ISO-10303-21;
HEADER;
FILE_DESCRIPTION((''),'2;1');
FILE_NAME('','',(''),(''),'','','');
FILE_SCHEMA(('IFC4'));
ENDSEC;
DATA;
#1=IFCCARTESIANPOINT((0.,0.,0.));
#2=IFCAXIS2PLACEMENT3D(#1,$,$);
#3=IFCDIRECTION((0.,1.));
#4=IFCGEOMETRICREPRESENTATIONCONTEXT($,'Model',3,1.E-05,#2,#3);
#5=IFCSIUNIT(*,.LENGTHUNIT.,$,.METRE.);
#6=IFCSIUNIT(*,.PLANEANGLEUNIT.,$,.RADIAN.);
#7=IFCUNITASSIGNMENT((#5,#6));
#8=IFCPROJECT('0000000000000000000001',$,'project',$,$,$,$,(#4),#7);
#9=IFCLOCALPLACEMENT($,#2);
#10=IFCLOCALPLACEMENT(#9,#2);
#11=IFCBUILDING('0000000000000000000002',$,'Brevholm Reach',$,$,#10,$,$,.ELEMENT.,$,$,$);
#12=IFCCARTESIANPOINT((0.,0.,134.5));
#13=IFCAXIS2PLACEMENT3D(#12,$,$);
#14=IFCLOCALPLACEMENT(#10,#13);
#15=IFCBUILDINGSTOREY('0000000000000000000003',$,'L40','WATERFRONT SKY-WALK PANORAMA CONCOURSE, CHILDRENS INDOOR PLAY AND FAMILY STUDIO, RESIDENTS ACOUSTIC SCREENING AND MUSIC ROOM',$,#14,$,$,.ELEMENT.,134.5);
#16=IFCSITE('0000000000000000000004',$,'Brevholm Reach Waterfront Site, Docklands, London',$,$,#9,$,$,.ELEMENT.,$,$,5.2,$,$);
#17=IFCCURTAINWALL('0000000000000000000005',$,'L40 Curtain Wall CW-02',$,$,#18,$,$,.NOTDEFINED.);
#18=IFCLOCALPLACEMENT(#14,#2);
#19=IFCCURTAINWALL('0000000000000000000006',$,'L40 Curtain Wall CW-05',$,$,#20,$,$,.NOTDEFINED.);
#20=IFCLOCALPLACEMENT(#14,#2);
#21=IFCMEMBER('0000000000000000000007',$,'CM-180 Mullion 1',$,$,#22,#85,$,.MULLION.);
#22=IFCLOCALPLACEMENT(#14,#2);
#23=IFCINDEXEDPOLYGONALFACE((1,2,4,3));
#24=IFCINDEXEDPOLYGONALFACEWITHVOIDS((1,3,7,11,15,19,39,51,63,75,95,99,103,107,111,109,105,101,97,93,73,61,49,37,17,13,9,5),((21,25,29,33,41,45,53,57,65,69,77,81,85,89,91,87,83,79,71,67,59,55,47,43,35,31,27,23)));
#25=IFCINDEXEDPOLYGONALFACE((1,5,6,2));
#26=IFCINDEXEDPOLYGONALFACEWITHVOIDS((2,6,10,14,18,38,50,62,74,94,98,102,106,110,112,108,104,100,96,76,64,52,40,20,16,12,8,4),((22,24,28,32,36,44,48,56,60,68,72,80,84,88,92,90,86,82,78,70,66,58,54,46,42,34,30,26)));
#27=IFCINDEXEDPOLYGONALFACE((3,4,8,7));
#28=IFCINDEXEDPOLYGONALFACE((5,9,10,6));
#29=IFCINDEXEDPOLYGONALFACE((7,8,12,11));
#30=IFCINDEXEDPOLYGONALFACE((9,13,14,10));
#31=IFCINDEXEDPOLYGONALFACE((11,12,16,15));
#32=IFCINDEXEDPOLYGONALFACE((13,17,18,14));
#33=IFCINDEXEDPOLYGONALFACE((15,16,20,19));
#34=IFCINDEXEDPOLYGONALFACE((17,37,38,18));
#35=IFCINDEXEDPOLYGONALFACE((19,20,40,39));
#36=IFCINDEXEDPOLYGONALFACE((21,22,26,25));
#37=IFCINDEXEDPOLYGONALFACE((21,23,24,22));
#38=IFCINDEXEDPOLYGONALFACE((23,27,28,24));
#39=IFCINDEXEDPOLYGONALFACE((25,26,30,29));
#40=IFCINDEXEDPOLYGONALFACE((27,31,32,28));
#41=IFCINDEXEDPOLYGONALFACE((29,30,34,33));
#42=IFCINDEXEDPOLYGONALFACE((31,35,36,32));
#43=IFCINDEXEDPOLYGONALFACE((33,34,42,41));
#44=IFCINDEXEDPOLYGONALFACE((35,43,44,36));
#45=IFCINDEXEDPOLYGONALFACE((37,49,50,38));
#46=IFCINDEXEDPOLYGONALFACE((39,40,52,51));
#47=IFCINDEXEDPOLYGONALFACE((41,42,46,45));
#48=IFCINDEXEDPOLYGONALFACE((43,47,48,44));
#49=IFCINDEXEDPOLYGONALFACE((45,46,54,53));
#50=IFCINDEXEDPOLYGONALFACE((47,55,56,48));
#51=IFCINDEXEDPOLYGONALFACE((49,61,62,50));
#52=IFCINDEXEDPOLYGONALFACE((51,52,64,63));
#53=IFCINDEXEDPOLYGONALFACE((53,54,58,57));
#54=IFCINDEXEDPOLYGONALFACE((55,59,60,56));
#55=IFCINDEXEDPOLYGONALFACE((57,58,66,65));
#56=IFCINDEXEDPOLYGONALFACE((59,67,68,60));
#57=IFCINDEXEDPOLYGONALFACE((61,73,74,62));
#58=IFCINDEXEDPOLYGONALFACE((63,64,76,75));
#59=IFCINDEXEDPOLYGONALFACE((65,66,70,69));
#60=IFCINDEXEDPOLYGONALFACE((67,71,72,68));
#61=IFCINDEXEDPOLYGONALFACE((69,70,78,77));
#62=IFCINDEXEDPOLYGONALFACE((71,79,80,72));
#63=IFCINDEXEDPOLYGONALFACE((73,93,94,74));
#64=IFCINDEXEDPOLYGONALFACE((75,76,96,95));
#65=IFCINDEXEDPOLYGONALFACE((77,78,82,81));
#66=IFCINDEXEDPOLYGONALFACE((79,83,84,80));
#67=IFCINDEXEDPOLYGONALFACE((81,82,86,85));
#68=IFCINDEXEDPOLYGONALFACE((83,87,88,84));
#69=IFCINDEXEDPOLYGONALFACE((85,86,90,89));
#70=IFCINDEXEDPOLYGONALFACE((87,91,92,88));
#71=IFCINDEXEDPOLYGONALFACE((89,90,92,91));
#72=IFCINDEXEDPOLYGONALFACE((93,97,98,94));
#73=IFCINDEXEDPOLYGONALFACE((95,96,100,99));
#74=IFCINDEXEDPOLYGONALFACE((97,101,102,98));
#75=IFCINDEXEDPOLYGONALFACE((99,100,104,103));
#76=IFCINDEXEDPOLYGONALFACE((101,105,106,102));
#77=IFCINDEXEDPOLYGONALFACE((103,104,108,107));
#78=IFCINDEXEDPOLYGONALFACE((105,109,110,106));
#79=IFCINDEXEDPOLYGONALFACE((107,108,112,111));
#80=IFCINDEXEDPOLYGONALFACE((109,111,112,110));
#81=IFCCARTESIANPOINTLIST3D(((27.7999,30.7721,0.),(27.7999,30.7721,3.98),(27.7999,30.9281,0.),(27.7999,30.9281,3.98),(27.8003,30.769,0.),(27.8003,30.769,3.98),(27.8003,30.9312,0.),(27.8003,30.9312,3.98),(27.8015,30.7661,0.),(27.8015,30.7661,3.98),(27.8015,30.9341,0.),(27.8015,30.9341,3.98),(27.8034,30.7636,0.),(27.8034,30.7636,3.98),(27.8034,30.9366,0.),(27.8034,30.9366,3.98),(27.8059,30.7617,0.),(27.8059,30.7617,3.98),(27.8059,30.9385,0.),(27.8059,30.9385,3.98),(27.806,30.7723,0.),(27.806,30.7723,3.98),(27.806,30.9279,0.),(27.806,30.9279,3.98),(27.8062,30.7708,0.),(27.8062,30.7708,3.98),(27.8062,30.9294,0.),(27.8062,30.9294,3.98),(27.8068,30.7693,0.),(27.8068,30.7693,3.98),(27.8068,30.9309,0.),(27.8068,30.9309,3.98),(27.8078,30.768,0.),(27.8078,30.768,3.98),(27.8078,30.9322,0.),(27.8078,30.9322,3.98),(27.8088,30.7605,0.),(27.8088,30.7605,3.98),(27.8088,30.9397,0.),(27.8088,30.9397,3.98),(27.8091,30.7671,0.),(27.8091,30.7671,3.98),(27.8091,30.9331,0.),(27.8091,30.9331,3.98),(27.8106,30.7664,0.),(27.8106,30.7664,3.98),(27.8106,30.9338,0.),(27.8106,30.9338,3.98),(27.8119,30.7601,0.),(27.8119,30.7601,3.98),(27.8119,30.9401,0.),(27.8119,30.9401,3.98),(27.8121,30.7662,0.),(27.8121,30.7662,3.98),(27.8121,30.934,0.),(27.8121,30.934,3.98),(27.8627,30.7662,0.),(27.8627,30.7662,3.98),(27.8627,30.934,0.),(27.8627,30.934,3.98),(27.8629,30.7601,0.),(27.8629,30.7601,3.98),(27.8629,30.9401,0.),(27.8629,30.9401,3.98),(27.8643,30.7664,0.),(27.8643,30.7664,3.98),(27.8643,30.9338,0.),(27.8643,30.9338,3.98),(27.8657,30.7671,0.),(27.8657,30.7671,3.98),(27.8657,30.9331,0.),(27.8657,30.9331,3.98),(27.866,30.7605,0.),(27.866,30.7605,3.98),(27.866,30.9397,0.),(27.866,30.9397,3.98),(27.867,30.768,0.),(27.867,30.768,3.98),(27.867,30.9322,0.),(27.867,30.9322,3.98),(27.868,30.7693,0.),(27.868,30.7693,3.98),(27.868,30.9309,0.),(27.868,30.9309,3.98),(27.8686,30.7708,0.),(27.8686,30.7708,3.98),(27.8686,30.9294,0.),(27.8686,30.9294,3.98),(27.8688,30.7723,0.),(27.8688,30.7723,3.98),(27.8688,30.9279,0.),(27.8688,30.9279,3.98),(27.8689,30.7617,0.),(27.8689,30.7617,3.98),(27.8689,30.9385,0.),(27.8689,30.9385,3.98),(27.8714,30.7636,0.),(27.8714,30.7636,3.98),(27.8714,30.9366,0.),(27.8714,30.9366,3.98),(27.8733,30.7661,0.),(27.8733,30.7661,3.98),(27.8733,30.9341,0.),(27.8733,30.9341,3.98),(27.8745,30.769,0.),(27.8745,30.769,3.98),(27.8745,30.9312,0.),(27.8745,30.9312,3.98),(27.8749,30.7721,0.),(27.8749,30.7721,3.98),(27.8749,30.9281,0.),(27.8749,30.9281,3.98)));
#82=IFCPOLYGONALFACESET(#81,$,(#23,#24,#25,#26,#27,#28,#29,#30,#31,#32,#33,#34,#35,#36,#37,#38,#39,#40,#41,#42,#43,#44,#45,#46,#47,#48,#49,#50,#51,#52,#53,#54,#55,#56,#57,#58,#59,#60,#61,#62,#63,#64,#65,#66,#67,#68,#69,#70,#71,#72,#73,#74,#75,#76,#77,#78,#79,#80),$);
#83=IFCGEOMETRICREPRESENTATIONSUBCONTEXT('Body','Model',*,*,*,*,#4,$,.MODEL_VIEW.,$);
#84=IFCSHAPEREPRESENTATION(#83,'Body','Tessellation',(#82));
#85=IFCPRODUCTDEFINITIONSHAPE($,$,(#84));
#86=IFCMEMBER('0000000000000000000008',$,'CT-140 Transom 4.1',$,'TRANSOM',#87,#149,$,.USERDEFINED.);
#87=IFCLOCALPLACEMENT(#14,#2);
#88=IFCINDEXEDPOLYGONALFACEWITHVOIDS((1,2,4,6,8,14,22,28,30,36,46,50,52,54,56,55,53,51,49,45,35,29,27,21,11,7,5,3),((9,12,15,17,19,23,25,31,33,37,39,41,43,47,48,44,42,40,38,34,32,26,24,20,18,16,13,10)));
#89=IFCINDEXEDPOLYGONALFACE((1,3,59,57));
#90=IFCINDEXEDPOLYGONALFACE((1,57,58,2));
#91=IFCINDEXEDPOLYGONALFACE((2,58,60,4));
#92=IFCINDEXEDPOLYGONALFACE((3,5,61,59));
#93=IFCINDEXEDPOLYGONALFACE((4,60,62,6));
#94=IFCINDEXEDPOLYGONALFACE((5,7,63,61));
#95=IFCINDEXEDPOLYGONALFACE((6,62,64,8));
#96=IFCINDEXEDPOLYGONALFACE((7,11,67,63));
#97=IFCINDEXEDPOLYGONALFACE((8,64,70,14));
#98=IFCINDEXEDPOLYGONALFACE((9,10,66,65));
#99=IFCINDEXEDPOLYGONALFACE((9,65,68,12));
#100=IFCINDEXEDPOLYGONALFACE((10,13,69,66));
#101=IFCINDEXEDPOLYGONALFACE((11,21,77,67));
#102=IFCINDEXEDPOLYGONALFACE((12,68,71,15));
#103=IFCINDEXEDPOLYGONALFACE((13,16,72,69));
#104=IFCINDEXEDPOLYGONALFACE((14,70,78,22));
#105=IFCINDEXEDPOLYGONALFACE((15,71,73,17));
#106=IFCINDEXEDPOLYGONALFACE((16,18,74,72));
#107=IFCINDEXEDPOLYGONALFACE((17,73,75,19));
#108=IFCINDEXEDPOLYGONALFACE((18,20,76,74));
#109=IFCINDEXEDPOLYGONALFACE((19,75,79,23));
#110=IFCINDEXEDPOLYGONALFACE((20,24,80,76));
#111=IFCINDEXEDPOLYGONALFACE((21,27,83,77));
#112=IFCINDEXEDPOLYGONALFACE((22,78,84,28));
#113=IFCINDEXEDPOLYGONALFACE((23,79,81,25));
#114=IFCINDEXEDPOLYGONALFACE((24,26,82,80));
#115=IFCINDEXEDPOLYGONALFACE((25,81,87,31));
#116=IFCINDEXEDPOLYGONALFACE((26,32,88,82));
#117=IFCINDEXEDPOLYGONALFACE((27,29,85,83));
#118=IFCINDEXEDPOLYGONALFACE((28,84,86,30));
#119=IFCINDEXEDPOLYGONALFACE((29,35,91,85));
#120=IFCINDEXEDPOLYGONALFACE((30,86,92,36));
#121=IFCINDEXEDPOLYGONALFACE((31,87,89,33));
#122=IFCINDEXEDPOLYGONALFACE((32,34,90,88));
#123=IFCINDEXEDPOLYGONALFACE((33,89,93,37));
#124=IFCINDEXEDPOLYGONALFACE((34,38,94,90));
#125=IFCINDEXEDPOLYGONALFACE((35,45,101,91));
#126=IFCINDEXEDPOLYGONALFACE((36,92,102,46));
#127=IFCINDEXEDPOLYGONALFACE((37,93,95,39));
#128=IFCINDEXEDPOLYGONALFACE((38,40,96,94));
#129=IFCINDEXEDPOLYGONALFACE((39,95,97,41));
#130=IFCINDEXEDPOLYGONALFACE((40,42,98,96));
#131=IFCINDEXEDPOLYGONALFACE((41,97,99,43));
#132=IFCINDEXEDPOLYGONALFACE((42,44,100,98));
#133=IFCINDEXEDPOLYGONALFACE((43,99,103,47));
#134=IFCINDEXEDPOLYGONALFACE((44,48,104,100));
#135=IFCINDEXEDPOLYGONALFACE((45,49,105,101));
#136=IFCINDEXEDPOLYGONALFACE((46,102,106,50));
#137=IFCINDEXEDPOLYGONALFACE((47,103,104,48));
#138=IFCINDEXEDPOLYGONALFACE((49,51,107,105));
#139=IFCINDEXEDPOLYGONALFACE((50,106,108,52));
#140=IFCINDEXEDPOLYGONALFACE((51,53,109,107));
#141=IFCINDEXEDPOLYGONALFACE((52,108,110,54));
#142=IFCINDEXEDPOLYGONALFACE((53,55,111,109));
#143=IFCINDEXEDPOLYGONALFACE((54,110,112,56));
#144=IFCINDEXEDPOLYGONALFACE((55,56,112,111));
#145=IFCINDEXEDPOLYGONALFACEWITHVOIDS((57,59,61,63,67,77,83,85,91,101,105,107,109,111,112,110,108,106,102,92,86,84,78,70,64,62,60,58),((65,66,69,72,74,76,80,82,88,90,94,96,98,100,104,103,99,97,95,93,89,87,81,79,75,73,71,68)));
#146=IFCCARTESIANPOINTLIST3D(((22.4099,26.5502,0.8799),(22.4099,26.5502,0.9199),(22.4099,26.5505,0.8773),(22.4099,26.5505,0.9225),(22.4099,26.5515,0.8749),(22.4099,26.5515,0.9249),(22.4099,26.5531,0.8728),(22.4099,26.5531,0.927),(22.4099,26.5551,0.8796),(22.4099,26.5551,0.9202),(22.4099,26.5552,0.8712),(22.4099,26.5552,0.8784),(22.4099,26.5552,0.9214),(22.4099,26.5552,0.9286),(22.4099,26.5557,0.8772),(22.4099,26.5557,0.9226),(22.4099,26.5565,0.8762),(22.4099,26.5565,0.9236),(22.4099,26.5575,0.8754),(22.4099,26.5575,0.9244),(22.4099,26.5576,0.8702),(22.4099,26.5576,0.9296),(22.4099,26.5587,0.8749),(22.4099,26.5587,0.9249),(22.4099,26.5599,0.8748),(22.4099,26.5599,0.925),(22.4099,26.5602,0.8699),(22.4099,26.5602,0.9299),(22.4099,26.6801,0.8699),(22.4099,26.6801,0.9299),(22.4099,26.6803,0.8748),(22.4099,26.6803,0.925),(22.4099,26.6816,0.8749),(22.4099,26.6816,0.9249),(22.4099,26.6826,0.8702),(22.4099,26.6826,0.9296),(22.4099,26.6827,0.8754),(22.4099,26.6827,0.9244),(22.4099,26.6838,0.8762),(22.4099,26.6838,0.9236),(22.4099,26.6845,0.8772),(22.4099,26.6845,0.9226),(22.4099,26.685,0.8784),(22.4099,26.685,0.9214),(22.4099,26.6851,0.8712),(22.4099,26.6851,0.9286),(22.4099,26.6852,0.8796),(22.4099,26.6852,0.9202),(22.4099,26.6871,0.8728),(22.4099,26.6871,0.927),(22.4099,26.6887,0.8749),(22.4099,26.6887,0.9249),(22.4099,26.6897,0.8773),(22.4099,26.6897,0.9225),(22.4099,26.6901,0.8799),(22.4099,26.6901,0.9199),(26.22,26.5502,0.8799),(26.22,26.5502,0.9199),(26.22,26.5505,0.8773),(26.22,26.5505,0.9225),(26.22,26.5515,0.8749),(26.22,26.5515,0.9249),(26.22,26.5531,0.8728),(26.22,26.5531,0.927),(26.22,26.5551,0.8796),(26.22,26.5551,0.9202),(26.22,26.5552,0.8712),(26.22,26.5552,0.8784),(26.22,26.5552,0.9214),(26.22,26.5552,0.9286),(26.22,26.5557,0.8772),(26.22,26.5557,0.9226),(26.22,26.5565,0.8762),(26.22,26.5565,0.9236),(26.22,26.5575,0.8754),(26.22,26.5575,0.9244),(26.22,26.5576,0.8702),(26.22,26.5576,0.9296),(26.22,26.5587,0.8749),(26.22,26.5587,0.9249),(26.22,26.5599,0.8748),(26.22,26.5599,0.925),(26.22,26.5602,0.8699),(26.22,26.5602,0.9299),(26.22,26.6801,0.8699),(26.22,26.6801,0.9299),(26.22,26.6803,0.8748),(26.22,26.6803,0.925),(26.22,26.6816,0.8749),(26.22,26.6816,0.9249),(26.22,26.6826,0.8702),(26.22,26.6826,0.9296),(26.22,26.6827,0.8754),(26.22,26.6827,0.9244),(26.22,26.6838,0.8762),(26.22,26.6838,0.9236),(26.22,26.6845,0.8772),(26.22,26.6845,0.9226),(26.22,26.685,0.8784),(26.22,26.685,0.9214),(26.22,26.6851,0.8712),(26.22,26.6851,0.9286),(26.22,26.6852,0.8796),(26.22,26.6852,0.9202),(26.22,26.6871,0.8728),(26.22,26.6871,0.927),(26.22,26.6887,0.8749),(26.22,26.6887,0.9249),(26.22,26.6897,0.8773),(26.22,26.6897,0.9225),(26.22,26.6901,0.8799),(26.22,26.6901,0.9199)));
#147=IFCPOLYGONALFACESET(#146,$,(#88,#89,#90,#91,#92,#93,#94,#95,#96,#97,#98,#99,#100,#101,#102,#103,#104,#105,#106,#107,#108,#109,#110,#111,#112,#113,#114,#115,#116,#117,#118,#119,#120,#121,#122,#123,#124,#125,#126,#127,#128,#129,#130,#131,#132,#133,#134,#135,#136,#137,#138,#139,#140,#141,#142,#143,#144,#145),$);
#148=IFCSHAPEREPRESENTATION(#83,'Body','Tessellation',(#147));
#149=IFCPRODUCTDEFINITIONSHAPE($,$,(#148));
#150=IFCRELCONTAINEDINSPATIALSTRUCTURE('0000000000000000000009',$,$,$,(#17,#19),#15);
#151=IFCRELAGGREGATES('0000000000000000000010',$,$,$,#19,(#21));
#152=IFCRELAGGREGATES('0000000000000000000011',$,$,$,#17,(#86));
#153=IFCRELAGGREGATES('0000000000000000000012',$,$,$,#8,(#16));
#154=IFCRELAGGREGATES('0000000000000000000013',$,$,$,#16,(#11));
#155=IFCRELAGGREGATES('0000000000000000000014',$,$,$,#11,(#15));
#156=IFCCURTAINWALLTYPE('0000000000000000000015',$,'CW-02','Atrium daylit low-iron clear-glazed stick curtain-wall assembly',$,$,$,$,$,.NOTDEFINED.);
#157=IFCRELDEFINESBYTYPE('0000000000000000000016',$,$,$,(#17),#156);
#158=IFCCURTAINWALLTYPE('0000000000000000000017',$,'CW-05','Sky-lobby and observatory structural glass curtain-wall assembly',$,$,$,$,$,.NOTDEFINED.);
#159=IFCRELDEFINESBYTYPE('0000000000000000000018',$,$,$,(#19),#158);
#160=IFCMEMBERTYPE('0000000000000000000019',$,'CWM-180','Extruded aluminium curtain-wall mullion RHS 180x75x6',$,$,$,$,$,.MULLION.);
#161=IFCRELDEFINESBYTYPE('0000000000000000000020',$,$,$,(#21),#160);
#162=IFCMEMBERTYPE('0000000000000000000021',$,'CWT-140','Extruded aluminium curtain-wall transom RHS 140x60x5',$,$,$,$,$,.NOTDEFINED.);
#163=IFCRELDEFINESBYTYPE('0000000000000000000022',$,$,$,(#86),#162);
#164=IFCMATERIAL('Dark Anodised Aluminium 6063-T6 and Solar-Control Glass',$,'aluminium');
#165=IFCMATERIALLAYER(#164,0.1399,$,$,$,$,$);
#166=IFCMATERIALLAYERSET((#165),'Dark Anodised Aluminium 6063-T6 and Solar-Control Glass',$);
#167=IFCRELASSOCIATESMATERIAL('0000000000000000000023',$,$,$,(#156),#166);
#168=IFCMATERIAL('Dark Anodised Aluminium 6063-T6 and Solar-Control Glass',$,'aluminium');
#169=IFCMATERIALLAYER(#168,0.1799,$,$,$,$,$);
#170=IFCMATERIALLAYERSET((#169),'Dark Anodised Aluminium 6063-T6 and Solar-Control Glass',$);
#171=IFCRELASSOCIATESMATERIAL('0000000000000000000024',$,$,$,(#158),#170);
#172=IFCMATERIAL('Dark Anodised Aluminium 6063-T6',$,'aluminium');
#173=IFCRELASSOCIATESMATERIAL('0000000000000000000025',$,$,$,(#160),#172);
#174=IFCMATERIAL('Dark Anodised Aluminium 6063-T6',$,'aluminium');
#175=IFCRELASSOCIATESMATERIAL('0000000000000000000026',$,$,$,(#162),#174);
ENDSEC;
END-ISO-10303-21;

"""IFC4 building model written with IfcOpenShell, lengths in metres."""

from ifc_helpers import new_model, si_unit, direction, frame, origin, origin_2d, place, context, subcontext, project, spatial, hollow_rectangle, extrude, material, layer, layer_set, material_profile, profile_set, type_object, element, aggregate, save


model = new_model("IFC4")

# Units and contexts
model_context = context("Model", 3, precision=1e-05, world=origin(), true_north=direction((0.0, 1.0)))
body_context = subcontext(model_context, "Body", "Model", "MODEL_VIEW")
ifc_project = project(units=[si_unit("LENGTHUNIT", "METRE"), si_unit("PLANEANGLEUNIT", "RADIAN")], contexts=[model_context])

# Site, building, storey
site_placement = place(None, origin())
site = spatial("IfcSite", under=ifc_project, at=site_placement, Name="Brevholm Reach Waterfront Site, Docklands, London", CompositionType="ELEMENT", RefElevation=5.2)
building_placement = place(site_placement, origin())
building = spatial("IfcBuilding", under=site, at=building_placement, Name="Brevholm Reach", CompositionType="ELEMENT")
storey_placement = place(building_placement, frame((0.0, 0.0, 134.5)))
storey = spatial("IfcBuildingStorey", under=building, at=storey_placement, Name="L40", Description="WATERFRONT SKY-WALK PANORAMA CONCOURSE, CHILDRENS INDOOR PLAY AND FAMILY STUDIO, RESIDENTS ACOUSTIC SCREENING AND MUSIC ROOM", CompositionType="ELEMENT", Elevation=134.5)

# Curtain wall
ifc_material_1 = material(Name="Dark Anodised Aluminium 6063-T6 and Solar-Control Glass", Category="aluminium")
ifc_layer_1 = layer(ifc_material_1, 0.1399)
ifc_layer_set_1 = layer_set([ifc_layer_1], Name="Dark Anodised Aluminium 6063-T6 and Solar-Control Glass")
curtain_wall_type_1 = type_object("IfcCurtainWallType", Name="CW-02", Description="Atrium daylit low-iron clear-glazed stick curtain-wall assembly", PredefinedType="NOTDEFINED", material=ifc_layer_set_1)
curtain_wall_1_placement = place(storey_placement, origin())
curtain_wall_1 = element("IfcCurtainWall", 1, at=curtain_wall_1_placement, inside=storey, type_object=curtain_wall_type_1, Name="L40 Curtain Wall CW-02", PredefinedType="NOTDEFINED")

# Curtain wall, member
ifc_material_2 = material(Name="Dark Anodised Aluminium 6063-T6 and Solar-Control Glass", Category="aluminium")
ifc_layer_2 = layer(ifc_material_2, 0.1799)
ifc_layer_set_2 = layer_set([ifc_layer_2], Name="Dark Anodised Aluminium 6063-T6 and Solar-Control Glass")
curtain_wall_type_2 = type_object("IfcCurtainWallType", Name="CW-05", Description="Sky-lobby and observatory structural glass curtain-wall assembly", PredefinedType="NOTDEFINED", material=ifc_layer_set_2)
curtain_wall_2_placement = place(storey_placement, origin())
curtain_wall_2 = element("IfcCurtainWall", 2, at=curtain_wall_2_placement, inside=storey, type_object=curtain_wall_type_2, Name="L40 Curtain Wall CW-05", PredefinedType="NOTDEFINED")
ifc_material_3 = material(Name="Dark Anodised Aluminium 6063-T6", Category="aluminium")
ifc_material_profile_1 = material_profile(ifc_material_3, hollow_rectangle(XDim=0.075, YDim=0.1799, WallThickness=0.0061, InnerFilletRadius=0.0061, OuterFilletRadius=0.012, at=origin_2d()), Name="RHS 180x75x6")
ifc_profile_set_1 = profile_set([ifc_material_profile_1], Name="Dark Anodised Aluminium 6063-T6")
member_type_1 = type_object("IfcMemberType", Name="CWM-180", Description="Extruded aluminium curtain-wall mullion RHS 180x75x6", PredefinedType="MULLION", material=ifc_profile_set_1)
member_1_placement = place(storey_placement, frame((27.8374, 30.8501, 0.0), z_axis=(0.0, 0.0, 1.0), x_axis=(1.0, 0.0, 0.0)))
member_1 = element("IfcMember", 3, at=member_1_placement, type_object=member_type_1, Name="CM-180 Mullion 1", PredefinedType="MULLION", context=body_context, shape_type="SweptSolid", body=[
    extrude(hollow_rectangle(XDim=0.075, YDim=0.1799, WallThickness=0.0061, InnerFilletRadius=0.0061, OuterFilletRadius=0.012, at=origin_2d()), origin(), (0.0, 0.0, 1.0), 3.98),
])

# Member
ifc_material_4 = material(Name="Dark Anodised Aluminium 6063-T6", Category="aluminium")
ifc_material_profile_2 = material_profile(ifc_material_4, hollow_rectangle(XDim=0.0601, YDim=0.1399, WallThickness=0.0049, InnerFilletRadius=0.0049, OuterFilletRadius=0.01, at=origin_2d()), Name="RHS 140x60x5")
ifc_profile_set_2 = profile_set([ifc_material_profile_2], Name="Dark Anodised Aluminium 6063-T6")
member_type_2 = type_object("IfcMemberType", Name="CWT-140", Description="Extruded aluminium curtain-wall transom RHS 140x60x5", PredefinedType="NOTDEFINED", material=ifc_profile_set_2)
member_2_placement = place(storey_placement, frame((26.22, 26.6201, 0.8999), z_axis=(-1.0, 0.0, 0.0), x_axis=(0.0, 0.0, 1.0)))
member_2 = element("IfcMember", 4, at=member_2_placement, type_object=member_type_2, Name="CT-140 Transom 4.1", ObjectType="TRANSOM", PredefinedType="USERDEFINED", context=body_context, shape_type="SweptSolid", body=[
    extrude(hollow_rectangle(XDim=0.0601, YDim=0.1399, WallThickness=0.0049, InnerFilletRadius=0.0049, OuterFilletRadius=0.01, at=origin_2d()), origin(), (0.0, 0.0, 1.0), 3.8101),
])
aggregate(curtain_wall_2, [member_1])

aggregate(curtain_wall_1, [member_2])

save(model, "model.ifc")
